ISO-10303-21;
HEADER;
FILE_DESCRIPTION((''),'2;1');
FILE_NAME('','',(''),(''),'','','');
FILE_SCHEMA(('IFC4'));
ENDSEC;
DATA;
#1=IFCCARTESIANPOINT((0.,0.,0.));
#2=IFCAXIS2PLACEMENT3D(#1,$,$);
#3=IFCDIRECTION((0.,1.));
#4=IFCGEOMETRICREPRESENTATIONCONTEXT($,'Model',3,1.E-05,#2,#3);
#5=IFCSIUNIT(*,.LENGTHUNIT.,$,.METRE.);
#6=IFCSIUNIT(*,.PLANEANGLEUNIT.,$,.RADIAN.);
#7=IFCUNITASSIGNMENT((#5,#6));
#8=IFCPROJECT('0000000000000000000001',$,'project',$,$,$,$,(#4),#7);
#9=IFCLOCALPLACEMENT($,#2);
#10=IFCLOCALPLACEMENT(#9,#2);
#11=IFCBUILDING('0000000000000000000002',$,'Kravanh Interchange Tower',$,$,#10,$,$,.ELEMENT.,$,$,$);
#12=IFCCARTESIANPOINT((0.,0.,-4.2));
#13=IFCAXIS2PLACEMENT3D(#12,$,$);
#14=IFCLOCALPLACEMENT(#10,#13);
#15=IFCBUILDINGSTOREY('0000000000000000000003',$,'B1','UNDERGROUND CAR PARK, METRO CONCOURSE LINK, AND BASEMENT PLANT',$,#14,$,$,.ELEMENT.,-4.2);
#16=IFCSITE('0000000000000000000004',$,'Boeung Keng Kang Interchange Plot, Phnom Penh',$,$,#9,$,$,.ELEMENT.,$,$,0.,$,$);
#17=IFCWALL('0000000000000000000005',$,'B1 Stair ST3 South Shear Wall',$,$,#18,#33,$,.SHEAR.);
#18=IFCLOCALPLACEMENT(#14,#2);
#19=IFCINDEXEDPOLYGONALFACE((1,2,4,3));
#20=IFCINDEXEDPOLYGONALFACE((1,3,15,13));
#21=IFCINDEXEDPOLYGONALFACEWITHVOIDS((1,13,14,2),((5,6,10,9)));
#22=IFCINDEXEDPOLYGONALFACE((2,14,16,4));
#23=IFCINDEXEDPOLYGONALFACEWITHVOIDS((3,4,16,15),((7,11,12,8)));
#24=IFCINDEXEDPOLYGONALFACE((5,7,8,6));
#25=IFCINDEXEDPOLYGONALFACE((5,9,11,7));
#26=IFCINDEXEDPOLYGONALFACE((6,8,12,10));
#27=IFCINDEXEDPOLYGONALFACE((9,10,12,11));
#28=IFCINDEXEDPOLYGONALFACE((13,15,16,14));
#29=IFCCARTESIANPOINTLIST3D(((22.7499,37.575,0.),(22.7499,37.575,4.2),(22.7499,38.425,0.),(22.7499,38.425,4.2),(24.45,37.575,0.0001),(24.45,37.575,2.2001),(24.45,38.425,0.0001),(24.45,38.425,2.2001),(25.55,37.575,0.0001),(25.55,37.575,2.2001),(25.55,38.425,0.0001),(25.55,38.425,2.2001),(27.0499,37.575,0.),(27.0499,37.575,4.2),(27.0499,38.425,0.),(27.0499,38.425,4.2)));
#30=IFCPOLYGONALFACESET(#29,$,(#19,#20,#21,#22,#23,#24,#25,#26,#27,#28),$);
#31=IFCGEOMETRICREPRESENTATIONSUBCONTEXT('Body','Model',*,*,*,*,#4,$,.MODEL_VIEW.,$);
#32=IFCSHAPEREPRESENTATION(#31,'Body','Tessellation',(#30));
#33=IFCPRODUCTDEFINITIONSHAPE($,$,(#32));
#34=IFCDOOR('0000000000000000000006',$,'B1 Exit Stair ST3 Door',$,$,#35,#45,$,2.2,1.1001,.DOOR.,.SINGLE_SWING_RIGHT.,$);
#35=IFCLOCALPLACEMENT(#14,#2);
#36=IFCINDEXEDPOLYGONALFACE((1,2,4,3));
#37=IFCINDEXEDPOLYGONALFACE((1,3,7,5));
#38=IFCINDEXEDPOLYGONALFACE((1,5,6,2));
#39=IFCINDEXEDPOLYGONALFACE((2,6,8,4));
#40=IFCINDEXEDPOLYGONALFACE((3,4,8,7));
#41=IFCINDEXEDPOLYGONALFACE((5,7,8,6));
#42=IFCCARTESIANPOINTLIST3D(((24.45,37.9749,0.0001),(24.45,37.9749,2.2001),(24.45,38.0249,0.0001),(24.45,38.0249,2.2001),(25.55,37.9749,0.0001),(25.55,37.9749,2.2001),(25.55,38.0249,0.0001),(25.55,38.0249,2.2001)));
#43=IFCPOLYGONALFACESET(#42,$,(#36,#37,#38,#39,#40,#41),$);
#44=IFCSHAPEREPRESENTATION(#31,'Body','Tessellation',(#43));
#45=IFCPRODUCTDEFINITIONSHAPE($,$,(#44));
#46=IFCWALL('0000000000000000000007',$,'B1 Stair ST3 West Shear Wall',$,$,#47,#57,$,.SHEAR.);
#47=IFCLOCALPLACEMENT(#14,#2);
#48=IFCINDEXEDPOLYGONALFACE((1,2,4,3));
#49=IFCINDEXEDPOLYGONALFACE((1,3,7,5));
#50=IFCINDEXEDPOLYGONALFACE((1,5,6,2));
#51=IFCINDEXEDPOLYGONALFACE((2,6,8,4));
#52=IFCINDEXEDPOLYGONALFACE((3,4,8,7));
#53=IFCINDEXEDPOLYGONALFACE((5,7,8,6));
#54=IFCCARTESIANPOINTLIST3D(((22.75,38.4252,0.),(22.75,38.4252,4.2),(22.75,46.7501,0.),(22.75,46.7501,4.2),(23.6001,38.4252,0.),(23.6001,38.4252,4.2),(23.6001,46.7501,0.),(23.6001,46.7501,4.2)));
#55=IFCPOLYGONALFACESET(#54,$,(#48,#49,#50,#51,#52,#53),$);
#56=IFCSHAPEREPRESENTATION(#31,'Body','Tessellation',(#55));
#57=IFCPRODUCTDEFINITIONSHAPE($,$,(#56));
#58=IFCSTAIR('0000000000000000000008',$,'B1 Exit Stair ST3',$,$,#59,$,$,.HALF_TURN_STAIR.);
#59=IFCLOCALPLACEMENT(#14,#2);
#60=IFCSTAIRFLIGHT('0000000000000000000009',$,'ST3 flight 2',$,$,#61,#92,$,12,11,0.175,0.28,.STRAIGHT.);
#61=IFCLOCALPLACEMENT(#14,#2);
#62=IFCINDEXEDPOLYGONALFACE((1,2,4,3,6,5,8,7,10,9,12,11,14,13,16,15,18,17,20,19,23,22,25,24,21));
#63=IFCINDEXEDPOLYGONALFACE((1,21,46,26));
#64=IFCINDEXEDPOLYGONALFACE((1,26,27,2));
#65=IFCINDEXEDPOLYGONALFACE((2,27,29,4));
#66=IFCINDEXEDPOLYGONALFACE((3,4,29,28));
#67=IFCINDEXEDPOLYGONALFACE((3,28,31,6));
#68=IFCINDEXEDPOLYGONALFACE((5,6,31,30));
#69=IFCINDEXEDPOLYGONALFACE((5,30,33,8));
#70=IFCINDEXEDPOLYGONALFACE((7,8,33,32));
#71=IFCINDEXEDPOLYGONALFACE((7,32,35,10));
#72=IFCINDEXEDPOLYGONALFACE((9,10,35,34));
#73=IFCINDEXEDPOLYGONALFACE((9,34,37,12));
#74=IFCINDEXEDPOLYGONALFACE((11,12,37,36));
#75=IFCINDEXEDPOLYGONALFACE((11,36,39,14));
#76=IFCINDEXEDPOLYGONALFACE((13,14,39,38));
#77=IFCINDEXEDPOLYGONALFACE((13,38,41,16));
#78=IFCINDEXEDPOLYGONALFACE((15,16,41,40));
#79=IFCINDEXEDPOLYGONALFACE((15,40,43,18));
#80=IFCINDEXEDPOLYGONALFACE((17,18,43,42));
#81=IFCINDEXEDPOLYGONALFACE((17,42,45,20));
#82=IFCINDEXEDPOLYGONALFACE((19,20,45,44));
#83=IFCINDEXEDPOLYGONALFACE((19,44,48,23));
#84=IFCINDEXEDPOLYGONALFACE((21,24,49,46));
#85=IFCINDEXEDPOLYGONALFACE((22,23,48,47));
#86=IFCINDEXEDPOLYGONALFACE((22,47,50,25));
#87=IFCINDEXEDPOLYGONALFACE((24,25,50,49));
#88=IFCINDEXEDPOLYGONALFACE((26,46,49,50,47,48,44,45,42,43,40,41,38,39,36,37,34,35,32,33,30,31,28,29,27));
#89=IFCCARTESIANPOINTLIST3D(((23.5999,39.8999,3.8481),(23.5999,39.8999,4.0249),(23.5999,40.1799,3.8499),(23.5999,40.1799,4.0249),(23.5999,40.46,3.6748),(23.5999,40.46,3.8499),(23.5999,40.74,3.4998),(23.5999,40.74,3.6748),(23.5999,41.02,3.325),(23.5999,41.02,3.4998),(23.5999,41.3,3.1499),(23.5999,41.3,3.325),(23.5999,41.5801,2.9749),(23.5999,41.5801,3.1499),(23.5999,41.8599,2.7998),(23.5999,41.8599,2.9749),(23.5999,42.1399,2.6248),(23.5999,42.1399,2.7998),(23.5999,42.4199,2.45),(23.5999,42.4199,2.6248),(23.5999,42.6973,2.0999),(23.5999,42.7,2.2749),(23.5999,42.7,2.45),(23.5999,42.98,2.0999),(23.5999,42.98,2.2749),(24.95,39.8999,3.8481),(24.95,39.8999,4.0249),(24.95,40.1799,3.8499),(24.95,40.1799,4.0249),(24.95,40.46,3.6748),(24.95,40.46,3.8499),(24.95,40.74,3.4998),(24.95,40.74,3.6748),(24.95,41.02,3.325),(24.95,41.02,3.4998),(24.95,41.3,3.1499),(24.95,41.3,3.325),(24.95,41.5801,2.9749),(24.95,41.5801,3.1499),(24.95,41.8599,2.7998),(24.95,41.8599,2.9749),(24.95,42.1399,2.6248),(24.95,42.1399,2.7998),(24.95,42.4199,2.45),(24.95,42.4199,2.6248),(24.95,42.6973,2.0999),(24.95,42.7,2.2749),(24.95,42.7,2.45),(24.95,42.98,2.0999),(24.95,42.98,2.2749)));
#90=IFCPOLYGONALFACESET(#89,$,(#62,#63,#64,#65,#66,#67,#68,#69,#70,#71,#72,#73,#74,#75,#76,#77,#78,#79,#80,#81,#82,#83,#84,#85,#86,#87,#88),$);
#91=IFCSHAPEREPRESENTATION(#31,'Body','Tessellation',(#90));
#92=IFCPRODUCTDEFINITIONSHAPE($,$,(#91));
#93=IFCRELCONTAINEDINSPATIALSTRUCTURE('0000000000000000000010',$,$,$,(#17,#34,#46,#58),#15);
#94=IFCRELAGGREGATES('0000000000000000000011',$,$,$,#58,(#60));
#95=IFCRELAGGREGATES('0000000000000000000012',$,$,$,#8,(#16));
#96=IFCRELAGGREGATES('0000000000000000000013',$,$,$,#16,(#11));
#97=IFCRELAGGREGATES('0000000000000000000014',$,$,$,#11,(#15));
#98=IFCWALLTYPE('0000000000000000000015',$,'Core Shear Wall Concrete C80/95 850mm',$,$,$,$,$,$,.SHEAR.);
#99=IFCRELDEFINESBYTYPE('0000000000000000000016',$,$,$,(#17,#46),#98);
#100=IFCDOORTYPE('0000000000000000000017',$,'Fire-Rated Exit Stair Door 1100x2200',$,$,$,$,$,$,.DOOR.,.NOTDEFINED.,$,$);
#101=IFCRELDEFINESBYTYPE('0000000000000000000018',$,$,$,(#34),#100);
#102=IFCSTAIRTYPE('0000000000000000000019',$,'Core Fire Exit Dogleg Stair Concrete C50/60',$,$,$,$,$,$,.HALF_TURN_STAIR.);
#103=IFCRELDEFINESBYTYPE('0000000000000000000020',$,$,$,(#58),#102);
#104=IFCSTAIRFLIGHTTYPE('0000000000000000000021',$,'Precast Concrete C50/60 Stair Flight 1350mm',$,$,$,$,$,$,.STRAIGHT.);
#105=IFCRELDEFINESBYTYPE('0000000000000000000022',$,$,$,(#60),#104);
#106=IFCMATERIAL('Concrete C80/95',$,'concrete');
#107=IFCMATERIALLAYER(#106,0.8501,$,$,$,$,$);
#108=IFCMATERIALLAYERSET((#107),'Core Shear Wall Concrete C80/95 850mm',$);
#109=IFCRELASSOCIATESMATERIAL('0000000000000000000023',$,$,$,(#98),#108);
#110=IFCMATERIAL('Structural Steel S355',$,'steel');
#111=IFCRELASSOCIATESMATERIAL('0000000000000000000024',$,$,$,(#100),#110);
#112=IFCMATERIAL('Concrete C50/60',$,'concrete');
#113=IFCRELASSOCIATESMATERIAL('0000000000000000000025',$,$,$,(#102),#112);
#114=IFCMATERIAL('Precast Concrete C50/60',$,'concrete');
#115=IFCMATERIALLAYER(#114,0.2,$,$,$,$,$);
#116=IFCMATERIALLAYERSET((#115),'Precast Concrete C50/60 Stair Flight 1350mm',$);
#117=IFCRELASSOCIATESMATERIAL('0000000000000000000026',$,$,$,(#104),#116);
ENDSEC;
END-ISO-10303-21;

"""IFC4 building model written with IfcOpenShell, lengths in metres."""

from ifc_helpers import new_model, si_unit, direction, frame, frame_2d, origin, place, context, subcontext, project, spatial, polyline, rectangle, outline, extrude, material, layer, layer_set, type_object, element, fill, aggregate, save


model = new_model("IFC4")

# Units and contexts
model_context = context("Model", 3, precision=1e-05, world=origin(), true_north=direction((0.0, 1.0)))
body_context = subcontext(model_context, "Body", "Model", "MODEL_VIEW")
ifc_project = project(units=[si_unit("LENGTHUNIT", "METRE"), si_unit("PLANEANGLEUNIT", "RADIAN")], contexts=[model_context])

# Site, building, storey
site_placement = place(None, origin())
site = spatial("IfcSite", under=ifc_project, at=site_placement, Name="Boeung Keng Kang Interchange Plot, Phnom Penh", CompositionType="ELEMENT", RefElevation=0.0)
building_placement = place(site_placement, origin())
building = spatial("IfcBuilding", under=site, at=building_placement, Name="Kravanh Interchange Tower", CompositionType="ELEMENT")
storey_placement = place(building_placement, frame((0.0, 0.0, -4.2)))
storey = spatial("IfcBuildingStorey", under=building, at=storey_placement, Name="B1", Description="UNDERGROUND CAR PARK, METRO CONCOURSE LINK, AND BASEMENT PLANT", CompositionType="ELEMENT", Elevation=-4.2)

# Shared definitions
ifc_material_1 = material(Name="Concrete C80/95", Category="concrete")
ifc_layer_1 = layer(ifc_material_1, 0.8501)
ifc_layer_set_1 = layer_set([ifc_layer_1], Name="Core Shear Wall Concrete C80/95 850mm")
wall_type_1 = type_object("IfcWallType", Name="Core Shear Wall Concrete C80/95 850mm", PredefinedType="SHEAR", material=ifc_layer_set_1)

# Wall, opening, door
wall_1_placement = place(storey_placement, frame((22.75, 38.0, 0.0), z_axis=(0.0, 0.0, 1.0), x_axis=(1.0, 0.0, 0.0)))
wall_1 = element("IfcWall", 1, at=wall_1_placement, inside=storey, type_object=wall_type_1, Name="B1 Stair ST3 South Shear Wall", PredefinedType="SHEAR", context=body_context, shape_type="SweptSolid", body=[
    extrude(rectangle(XDim=4.3, YDim=0.8501, at=frame_2d((2.1499, 0.0))), origin(), (0.0, 0.0, 1.0), 4.2),
])
opening_placement = place(wall_1_placement, frame((1.7, 0.0, 0.0)))
opening = element("IfcOpeningElement", 2, at=opening_placement, cuts=wall_1, PredefinedType="OPENING", context=body_context, shape_type="SweptSolid", body=[
    extrude(rectangle(XDim=1.1001, YDim=2.2, at=frame_2d((0.55, 1.1001))), frame((0.0, 0.4351, 0.0), z_axis=(0.0, -1.0, 0.0), x_axis=(1.0, 0.0, 0.0)), (0.0, 0.0, 1.0), 0.8701),
])
ifc_material_2 = material(Name="Structural Steel S355", Category="steel")
door_type = type_object("IfcDoorType", Name="Fire-Rated Exit Stair Door 1100x2200", OperationType="NOTDEFINED", PredefinedType="DOOR", material=ifc_material_2)
door_placement = place(opening_placement, origin())
door = element("IfcDoor", 3, at=door_placement, inside=storey, type_object=door_type, Name="B1 Exit Stair ST3 Door", OperationType="SINGLE_SWING_RIGHT", OverallHeight=2.2, OverallWidth=1.1001, PredefinedType="DOOR", context=body_context, shape_type="SweptSolid", body=[
    extrude(rectangle(XDim=1.1001, YDim=2.2, at=frame_2d((0.55, 1.1001))), frame((0.0, 0.0249, 0.0), z_axis=(0.0, -1.0, 0.0), x_axis=(1.0, 0.0, 0.0)), (0.0, 0.0, 1.0), 0.05),
])
fill(opening, door)

# Wall
wall_2_placement = place(storey_placement, frame((23.175, 38.425, 0.0), z_axis=(0.0, 0.0, 1.0), x_axis=(0.0, 1.0, 0.0)))
element("IfcWall", 4, at=wall_2_placement, inside=storey, type_object=wall_type_1, Name="B1 Stair ST3 West Shear Wall", PredefinedType="SHEAR", context=body_context, shape_type="SweptSolid", body=[
    extrude(rectangle(XDim=8.325, YDim=0.8501, at=frame_2d((4.1626, 0.0))), origin(), (0.0, 0.0, 1.0), 4.2),
])

# Stair, stair flight
ifc_material_3 = material(Name="Concrete C50/60", Category="concrete")
stair_type = type_object("IfcStairType", Name="Core Fire Exit Dogleg Stair Concrete C50/60", PredefinedType="HALF_TURN_STAIR", material=ifc_material_3)
stair_placement = place(storey_placement, origin())
stair = element("IfcStair", 5, at=stair_placement, inside=storey, type_object=stair_type, Name="B1 Exit Stair ST3", PredefinedType="HALF_TURN_STAIR")
ifc_material_4 = material(Name="Precast Concrete C50/60", Category="concrete")
ifc_layer_2 = layer(ifc_material_4, 0.2)
ifc_layer_set_2 = layer_set([ifc_layer_2], Name="Precast Concrete C50/60 Stair Flight 1350mm")
stair_flight_type = type_object("IfcStairFlightType", Name="Precast Concrete C50/60 Stair Flight 1350mm", PredefinedType="STRAIGHT", material=ifc_layer_set_2)
stair_flight_placement = place(storey_placement, frame((24.2749, 42.98, 2.0999), z_axis=(0.0, 0.0, 1.0), x_axis=(0.0, -1.0, 0.0)))
stair_flight = element("IfcStairFlight", 6, at=stair_flight_placement, type_object=stair_flight_type, Name="ST3 flight 2", NumberOfRisers=12, NumberOfTreads=11, PredefinedType="STRAIGHT", RiserHeight=0.175, TreadLength=0.28, context=body_context, shape_type="SweptSolid", body=[
    extrude(outline(polyline([(0.0, 0.0), (0.0, 0.175), (0.28, 0.175), (0.28, 0.3501), (0.5601, 0.3501), (0.5601, 0.5249), (0.8401, 0.5249), (0.8401, 0.7), (1.1201, 0.7), (1.1201, 0.875), (1.3999, 0.875), (1.3999, 1.05), (1.6799, 1.05), (1.6799, 1.2251), (1.96, 1.2251), (1.96, 1.3999), (2.24, 1.3999), (2.24, 1.575), (2.52, 1.575), (2.52, 1.75), (2.8, 1.75), (2.8, 1.925), (3.0801, 1.925), (3.0801, 2.1001), (3.0801, 1.7483), (0.2827, 0.0), (0.0, 0.0)])), frame((0.0, 0.675, 0.0), z_axis=(0.0, -1.0, 0.0), x_axis=(1.0, 0.0, 0.0)), (0.0, 0.0, 1.0), 1.3501),
])
aggregate(stair, [stair_flight])

save(model, "model.ifc")
